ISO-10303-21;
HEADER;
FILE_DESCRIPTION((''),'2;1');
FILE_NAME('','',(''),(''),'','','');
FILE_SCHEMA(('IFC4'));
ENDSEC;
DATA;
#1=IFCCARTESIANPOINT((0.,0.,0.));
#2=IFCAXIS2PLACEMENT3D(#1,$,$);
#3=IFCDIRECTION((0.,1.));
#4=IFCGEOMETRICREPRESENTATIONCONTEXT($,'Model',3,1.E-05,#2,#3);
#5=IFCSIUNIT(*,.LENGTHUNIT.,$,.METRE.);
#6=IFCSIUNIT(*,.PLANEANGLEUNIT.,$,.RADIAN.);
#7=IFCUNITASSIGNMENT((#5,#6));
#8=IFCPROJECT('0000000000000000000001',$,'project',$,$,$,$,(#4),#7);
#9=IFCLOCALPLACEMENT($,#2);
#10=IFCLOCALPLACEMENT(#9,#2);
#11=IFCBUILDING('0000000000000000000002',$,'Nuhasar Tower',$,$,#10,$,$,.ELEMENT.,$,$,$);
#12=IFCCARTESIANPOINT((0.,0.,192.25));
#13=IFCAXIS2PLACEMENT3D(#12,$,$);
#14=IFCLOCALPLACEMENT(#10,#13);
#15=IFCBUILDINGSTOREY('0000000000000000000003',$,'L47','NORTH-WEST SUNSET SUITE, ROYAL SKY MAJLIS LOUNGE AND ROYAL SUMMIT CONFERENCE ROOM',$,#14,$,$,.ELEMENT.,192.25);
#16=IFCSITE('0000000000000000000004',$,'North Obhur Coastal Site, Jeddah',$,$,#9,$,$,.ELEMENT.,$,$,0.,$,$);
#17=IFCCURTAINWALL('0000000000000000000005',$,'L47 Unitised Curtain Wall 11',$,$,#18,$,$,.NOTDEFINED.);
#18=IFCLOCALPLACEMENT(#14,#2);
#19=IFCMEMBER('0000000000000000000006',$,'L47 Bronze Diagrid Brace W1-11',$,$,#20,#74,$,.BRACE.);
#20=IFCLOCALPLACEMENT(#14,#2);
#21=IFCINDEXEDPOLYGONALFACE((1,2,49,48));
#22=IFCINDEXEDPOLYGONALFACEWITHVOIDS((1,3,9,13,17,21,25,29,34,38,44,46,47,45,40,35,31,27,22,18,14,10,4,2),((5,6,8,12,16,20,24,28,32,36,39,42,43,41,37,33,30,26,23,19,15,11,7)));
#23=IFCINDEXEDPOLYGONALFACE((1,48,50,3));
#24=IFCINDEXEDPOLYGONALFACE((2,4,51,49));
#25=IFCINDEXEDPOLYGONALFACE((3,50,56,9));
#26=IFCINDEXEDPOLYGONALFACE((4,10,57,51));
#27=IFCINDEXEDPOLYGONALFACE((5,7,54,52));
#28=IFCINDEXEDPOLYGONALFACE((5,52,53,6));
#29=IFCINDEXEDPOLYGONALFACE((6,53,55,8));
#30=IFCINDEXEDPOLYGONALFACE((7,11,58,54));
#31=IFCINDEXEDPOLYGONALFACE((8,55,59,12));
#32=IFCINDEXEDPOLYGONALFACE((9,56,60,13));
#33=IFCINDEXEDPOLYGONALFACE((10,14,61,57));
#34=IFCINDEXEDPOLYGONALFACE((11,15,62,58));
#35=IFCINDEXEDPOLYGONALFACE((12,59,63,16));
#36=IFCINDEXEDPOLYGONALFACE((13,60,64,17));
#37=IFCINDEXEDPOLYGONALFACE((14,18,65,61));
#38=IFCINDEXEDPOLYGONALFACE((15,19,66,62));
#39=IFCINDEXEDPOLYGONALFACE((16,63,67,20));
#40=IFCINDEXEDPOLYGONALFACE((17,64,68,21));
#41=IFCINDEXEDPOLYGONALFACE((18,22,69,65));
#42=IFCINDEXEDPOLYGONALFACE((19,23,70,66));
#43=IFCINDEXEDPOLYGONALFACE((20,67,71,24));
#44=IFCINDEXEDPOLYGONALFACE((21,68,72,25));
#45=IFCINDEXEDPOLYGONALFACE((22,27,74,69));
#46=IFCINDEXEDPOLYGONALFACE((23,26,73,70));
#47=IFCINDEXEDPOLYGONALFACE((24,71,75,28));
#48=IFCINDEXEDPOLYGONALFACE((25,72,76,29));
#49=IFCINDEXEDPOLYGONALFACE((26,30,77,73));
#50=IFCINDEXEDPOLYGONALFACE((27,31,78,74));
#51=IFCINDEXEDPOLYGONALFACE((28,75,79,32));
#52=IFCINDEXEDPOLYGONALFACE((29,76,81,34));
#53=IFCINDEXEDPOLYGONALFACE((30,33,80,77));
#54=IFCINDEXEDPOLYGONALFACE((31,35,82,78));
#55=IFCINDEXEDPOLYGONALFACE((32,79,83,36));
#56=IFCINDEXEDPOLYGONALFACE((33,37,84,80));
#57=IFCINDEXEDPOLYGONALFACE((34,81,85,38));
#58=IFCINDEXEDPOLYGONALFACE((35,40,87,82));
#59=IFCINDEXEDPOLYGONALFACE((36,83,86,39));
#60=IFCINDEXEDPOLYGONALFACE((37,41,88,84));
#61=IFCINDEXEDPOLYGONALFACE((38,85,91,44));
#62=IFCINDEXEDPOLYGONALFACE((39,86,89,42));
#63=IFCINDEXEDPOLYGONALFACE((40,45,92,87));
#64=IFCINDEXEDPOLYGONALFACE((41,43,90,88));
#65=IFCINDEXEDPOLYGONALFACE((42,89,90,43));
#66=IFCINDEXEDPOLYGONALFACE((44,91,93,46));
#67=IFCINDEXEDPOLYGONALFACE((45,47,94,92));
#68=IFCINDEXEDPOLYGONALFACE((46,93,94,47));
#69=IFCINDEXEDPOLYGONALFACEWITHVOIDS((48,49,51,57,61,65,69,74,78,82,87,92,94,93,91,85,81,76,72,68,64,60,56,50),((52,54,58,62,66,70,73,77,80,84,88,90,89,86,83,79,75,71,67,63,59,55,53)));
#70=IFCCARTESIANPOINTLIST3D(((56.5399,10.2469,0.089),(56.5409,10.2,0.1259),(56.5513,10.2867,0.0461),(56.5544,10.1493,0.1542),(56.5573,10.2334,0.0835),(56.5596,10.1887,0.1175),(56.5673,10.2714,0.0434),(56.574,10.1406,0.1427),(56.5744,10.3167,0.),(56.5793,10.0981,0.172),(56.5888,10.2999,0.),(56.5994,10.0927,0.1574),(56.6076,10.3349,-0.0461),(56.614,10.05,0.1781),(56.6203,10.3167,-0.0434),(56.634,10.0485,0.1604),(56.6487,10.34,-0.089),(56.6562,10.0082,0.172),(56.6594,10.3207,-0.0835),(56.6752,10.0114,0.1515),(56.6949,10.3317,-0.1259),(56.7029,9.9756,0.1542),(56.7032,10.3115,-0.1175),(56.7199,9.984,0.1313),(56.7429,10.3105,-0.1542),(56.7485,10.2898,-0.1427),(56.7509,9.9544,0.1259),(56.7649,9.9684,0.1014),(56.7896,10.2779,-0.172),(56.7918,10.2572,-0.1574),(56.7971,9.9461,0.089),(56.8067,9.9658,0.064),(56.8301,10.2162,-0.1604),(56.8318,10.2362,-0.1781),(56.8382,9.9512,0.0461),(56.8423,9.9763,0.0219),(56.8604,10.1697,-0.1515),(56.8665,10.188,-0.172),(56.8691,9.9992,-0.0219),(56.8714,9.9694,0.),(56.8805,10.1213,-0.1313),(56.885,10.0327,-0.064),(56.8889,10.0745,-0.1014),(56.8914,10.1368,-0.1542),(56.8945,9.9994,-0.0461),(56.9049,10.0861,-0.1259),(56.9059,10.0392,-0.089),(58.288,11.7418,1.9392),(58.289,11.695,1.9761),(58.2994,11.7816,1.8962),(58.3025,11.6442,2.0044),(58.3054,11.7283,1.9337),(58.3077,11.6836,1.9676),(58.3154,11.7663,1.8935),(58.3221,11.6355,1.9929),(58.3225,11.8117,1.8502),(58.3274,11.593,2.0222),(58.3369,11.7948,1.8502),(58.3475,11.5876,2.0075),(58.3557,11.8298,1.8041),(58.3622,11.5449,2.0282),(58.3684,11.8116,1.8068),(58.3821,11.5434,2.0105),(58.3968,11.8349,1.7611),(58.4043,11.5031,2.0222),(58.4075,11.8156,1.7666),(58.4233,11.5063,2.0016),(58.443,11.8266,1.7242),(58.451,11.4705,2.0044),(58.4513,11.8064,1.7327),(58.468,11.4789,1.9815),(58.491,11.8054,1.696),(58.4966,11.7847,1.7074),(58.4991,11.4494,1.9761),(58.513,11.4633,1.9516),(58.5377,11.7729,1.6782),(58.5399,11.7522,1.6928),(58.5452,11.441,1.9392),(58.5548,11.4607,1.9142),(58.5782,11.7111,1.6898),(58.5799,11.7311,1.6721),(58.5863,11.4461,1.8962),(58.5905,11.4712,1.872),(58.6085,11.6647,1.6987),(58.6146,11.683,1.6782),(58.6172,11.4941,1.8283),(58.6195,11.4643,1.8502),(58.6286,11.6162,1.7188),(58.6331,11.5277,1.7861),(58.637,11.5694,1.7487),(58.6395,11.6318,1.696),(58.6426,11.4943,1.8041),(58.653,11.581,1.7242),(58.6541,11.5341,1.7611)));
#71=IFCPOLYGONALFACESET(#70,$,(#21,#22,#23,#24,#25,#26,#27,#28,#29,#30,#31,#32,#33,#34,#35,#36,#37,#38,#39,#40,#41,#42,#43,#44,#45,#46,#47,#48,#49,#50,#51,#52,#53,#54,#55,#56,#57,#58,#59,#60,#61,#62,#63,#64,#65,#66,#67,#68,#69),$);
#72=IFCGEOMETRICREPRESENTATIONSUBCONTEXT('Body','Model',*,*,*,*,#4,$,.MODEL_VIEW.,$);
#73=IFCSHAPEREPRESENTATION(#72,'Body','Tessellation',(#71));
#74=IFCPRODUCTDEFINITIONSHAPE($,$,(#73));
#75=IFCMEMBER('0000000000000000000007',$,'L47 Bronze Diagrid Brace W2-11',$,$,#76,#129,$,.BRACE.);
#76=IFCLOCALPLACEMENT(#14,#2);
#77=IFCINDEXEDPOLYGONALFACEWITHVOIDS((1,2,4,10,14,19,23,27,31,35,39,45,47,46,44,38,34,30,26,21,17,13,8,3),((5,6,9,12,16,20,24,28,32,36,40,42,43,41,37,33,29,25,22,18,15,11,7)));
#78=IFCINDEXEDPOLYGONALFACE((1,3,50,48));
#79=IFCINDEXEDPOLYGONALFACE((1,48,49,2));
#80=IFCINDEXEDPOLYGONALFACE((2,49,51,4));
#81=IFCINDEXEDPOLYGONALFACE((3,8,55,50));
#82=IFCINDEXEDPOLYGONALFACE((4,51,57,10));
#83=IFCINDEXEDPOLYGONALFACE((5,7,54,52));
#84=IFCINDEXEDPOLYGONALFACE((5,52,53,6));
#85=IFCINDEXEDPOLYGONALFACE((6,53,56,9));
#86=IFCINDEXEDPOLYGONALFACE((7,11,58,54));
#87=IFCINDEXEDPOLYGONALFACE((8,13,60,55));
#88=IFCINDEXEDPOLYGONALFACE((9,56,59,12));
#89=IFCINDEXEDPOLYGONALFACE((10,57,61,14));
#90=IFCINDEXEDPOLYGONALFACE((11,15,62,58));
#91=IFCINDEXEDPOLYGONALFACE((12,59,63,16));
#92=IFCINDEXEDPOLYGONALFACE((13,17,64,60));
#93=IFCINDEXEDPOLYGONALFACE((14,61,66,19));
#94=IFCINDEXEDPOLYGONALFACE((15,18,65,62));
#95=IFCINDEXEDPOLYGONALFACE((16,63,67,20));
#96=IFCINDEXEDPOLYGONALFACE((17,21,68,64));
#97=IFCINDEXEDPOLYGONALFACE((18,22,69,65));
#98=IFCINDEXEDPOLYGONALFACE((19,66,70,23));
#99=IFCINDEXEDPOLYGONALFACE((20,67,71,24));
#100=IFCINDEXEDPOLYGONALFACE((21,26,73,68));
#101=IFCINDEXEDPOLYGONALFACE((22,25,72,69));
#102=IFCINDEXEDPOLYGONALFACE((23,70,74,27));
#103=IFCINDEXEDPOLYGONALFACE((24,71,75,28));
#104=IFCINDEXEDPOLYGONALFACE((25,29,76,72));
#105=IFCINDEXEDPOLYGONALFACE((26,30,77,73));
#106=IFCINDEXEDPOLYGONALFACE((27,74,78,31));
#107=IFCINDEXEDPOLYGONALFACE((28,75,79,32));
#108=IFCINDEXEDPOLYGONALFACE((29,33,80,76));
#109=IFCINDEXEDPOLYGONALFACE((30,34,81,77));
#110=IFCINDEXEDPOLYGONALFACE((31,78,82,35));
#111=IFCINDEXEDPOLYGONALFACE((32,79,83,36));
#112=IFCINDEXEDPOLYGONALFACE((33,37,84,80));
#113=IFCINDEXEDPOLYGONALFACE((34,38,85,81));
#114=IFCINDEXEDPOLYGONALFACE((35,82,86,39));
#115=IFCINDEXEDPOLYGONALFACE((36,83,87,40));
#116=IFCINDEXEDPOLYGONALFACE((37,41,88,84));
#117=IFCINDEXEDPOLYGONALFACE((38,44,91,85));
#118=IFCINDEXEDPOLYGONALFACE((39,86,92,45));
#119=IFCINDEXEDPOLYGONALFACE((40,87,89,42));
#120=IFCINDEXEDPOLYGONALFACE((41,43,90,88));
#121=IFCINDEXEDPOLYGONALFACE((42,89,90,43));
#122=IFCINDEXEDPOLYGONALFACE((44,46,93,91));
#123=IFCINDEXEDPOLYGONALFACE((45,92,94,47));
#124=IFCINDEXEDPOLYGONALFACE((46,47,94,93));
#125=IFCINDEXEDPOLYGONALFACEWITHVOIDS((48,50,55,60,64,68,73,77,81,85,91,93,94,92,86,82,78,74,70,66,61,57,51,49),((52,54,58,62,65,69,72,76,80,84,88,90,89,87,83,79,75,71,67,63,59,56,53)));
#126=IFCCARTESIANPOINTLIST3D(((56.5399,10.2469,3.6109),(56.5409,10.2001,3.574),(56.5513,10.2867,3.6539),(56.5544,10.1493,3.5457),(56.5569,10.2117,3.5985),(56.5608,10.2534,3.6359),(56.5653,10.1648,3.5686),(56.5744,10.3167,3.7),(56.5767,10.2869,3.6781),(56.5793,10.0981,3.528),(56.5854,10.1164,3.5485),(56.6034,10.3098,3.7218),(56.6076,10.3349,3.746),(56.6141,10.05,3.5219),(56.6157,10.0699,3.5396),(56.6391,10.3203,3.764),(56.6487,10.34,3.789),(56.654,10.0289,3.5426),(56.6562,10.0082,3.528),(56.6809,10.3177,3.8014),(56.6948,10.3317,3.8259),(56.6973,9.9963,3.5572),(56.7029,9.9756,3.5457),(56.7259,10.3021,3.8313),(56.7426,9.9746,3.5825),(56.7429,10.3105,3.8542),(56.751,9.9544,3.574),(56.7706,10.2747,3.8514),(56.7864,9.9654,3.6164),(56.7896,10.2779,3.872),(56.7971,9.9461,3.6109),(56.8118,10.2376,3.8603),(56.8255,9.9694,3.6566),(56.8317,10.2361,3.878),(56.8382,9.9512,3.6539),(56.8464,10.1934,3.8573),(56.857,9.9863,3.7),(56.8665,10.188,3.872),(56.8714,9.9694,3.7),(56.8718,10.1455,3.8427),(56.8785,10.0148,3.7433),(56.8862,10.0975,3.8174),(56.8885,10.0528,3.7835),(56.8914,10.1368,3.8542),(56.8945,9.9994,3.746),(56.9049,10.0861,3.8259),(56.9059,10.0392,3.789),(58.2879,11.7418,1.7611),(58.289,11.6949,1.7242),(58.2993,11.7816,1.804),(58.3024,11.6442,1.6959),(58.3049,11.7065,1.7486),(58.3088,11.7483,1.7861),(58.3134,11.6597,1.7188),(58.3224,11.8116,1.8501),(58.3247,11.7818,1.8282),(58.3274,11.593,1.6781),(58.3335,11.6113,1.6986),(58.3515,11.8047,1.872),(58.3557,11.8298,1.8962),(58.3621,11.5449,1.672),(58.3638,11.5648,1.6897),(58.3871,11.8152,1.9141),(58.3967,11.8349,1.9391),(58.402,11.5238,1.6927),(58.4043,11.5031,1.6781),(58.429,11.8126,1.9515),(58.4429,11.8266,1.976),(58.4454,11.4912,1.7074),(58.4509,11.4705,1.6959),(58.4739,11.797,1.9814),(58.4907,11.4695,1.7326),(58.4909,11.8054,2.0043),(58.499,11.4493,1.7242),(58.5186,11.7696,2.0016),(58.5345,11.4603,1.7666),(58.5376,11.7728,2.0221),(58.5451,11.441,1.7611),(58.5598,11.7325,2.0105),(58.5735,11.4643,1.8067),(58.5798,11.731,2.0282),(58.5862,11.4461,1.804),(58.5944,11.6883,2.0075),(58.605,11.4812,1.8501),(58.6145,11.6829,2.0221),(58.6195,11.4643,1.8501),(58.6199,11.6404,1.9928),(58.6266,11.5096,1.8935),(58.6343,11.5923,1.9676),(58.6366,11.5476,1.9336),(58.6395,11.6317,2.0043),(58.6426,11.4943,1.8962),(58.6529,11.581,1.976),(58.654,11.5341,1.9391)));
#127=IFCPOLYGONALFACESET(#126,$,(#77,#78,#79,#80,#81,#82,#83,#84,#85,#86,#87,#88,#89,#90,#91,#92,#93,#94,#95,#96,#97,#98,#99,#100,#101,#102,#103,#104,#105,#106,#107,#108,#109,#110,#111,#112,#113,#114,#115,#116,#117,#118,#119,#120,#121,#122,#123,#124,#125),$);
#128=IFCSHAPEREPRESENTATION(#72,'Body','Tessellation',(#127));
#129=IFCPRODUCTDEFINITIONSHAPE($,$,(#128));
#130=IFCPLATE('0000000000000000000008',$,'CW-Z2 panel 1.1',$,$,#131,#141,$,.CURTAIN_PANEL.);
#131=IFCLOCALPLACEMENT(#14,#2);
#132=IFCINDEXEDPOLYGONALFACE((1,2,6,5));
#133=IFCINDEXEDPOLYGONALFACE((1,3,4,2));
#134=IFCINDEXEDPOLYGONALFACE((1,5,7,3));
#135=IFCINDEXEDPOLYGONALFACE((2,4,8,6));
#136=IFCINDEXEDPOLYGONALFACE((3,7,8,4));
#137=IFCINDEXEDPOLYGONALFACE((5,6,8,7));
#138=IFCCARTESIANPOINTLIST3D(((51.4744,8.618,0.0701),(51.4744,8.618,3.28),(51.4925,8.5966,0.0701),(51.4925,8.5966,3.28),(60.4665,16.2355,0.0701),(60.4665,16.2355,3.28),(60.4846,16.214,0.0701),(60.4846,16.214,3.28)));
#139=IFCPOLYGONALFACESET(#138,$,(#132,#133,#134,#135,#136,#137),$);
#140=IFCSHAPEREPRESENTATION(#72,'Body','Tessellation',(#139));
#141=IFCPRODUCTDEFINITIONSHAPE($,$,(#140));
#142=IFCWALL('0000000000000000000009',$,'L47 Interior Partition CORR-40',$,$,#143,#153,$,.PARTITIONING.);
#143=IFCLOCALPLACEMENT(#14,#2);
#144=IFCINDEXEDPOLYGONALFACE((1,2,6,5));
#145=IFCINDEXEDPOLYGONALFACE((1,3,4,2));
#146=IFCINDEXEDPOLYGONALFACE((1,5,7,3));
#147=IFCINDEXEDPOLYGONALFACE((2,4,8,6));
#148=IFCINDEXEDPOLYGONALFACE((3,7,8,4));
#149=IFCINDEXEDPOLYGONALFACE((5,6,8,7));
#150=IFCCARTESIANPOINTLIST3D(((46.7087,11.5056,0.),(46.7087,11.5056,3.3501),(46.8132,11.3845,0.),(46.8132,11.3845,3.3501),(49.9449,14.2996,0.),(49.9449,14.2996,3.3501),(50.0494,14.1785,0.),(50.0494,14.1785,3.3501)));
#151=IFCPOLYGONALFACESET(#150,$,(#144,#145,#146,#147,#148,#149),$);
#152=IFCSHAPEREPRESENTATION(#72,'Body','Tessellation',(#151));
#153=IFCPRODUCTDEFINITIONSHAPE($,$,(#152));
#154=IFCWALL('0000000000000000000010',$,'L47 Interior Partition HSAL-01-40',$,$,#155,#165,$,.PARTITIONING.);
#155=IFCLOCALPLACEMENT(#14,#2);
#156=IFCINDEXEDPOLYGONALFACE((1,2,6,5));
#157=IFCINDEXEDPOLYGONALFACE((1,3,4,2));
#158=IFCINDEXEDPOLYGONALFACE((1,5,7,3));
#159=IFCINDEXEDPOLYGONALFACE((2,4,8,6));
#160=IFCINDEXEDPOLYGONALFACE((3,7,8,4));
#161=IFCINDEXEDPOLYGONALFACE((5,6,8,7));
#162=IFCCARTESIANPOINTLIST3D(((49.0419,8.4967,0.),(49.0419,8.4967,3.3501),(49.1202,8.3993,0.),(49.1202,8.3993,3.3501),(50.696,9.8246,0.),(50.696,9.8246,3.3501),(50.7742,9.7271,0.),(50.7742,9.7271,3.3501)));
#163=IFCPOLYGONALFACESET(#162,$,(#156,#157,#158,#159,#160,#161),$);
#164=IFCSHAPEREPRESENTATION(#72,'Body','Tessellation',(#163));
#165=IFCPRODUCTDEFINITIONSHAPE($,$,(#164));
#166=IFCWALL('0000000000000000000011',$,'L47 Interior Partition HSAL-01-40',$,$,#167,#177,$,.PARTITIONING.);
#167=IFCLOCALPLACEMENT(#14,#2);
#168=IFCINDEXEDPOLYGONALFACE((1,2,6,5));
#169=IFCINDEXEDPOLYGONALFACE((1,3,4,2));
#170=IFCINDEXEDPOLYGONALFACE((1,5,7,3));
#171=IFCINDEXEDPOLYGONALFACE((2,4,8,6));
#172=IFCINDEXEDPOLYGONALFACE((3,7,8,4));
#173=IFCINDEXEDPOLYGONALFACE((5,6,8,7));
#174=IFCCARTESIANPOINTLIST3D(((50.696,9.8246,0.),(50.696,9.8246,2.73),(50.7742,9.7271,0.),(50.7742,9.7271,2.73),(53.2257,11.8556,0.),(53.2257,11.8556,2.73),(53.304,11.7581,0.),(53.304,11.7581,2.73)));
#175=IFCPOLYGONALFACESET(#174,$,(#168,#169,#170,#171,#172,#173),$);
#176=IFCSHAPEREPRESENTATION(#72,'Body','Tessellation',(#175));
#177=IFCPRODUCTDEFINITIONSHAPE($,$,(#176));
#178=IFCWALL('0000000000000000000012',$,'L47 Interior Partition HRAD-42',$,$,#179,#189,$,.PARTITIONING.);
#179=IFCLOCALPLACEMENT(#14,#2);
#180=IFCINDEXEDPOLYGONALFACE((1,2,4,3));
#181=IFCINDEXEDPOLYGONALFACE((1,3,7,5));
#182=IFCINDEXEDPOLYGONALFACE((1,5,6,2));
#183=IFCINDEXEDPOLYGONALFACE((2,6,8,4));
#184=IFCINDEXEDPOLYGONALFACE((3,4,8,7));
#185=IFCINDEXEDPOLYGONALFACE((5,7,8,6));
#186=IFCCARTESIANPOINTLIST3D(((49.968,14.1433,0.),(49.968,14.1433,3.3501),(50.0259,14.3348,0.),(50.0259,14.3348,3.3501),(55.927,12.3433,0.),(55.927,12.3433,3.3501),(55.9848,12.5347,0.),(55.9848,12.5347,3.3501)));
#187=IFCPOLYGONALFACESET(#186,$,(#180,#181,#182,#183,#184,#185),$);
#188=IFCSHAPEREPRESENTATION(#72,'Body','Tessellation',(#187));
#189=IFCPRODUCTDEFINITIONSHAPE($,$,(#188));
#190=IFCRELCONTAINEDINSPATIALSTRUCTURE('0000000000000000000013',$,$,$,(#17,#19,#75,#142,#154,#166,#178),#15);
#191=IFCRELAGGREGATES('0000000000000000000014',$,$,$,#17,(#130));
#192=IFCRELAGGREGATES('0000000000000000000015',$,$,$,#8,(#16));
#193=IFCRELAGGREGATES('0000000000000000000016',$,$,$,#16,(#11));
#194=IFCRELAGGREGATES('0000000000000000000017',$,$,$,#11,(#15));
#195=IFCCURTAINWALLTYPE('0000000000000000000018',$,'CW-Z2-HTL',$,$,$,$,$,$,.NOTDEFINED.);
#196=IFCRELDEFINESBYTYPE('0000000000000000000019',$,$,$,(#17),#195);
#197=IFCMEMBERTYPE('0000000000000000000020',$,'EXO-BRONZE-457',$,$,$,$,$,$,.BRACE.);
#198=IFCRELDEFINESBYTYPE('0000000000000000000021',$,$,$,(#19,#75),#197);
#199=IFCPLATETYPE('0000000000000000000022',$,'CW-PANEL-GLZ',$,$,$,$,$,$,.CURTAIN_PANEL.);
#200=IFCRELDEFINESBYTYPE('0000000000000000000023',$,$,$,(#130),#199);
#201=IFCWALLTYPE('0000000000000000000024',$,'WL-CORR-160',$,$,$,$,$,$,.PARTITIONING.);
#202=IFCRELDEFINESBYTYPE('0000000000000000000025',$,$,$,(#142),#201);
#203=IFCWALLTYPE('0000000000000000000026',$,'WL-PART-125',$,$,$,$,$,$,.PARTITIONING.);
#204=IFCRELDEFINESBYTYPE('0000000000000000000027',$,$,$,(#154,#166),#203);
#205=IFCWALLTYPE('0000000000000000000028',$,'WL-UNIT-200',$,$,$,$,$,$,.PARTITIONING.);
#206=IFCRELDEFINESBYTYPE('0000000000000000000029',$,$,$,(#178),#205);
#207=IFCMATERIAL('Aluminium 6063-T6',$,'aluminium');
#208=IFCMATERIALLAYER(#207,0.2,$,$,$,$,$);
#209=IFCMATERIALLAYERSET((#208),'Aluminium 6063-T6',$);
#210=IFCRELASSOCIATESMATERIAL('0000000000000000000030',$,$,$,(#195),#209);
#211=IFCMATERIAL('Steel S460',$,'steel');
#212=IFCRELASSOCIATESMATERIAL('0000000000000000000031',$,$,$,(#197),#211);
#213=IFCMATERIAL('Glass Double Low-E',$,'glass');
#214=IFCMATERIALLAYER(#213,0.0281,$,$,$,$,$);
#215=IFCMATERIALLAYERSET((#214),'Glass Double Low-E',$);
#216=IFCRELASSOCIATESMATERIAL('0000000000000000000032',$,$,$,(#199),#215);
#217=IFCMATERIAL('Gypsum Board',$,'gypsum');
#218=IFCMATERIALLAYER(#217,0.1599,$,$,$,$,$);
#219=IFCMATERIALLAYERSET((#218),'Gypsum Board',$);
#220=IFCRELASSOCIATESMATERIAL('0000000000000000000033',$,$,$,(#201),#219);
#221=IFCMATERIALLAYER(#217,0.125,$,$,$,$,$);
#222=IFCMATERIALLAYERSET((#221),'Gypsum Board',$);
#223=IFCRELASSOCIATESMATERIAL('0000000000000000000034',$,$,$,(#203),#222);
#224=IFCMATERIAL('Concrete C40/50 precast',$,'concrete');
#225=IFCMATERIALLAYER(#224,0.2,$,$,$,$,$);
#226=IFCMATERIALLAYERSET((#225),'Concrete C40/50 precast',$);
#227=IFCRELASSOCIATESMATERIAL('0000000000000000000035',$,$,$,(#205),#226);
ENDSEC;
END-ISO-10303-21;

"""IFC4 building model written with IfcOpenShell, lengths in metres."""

from ifc_helpers import new_model, si_unit, direction, frame, frame_2d, origin, origin_2d, place, context, subcontext, project, spatial, rectangle, hollow_circle, extrude, material, layer, layer_set, material_profile, profile_set, type_object, element, aggregate, save


model = new_model("IFC4")

# Units and contexts
model_context = context("Model", 3, precision=1e-05, world=origin(), true_north=direction((0.0, 1.0)))
body_context = subcontext(model_context, "Body", "Model", "MODEL_VIEW")
ifc_project = project(units=[si_unit("LENGTHUNIT", "METRE"), si_unit("PLANEANGLEUNIT", "RADIAN")], contexts=[model_context])

# Site, building, storey
site_placement = place(None, origin())
site = spatial("IfcSite", under=ifc_project, at=site_placement, Name="North Obhur Coastal Site, Jeddah", CompositionType="ELEMENT", RefElevation=0.0)
building_placement = place(site_placement, origin())
building = spatial("IfcBuilding", under=site, at=building_placement, Name="Nuhasar Tower", CompositionType="ELEMENT")
storey_placement = place(building_placement, frame((0.0, 0.0, 192.25)))
storey = spatial("IfcBuildingStorey", under=building, at=storey_placement, Name="L47", Description="NORTH-WEST SUNSET SUITE, ROYAL SKY MAJLIS LOUNGE AND ROYAL SUMMIT CONFERENCE ROOM", CompositionType="ELEMENT", Elevation=192.25)

# Shared definitions
ifc_material_1 = material(Name="Aluminium 6063-T6", Category="aluminium")
ifc_layer_1 = layer(ifc_material_1, 0.2)
ifc_layer_set_1 = layer_set([ifc_layer_1], Name="Aluminium 6063-T6")
curtain_wall_type = type_object("IfcCurtainWallType", Name="CW-Z2-HTL", PredefinedType="NOTDEFINED", material=ifc_layer_set_1)

# Curtain wall
curtain_wall_1_placement = place(storey_placement, origin())
curtain_wall_1 = element("IfcCurtainWall", 1, at=curtain_wall_1_placement, inside=storey, type_object=curtain_wall_type, Name="L47 Unitised Curtain Wall 11", PredefinedType="NOTDEFINED")

# Members
ifc_material_2 = material(Name="Steel S460", Category="steel")
ifc_material_profile_1 = material_profile(ifc_material_2, hollow_circle(Radius=0.2285, WallThickness=0.0222, at=origin_2d()), Name="HSS457X22.2")
ifc_profile_set_1 = profile_set([ifc_material_profile_1], Name="Steel S460")
member_type_1 = type_object("IfcMemberType", Name="EXO-BRONZE-457", PredefinedType="BRACE", material=ifc_profile_set_1)
member_1_placement = place(storey_placement, frame((56.7229, 10.1431, 0.0), z_axis=(0.592195, 0.506426, 0.626767), x_axis=(-0.649926, 0.759998, 0.0)))
element("IfcMember", 2, at=member_1_placement, inside=storey, type_object=member_type_1, Name="L47 Bronze Diagrid Brace W1-11", PredefinedType="BRACE", context=body_context, shape_type="SweptSolid", body=[
    extrude(hollow_circle(Radius=0.2285, WallThickness=0.0222, at=origin_2d()), origin(), (0.0, 0.0, 1.0), 2.9519),
])
member_2_placement = place(storey_placement, frame((58.4709, 11.6379, 1.8501), z_axis=(-0.592226, -0.506452, 0.626717), x_axis=(0.649926, -0.759998, 0.0)))
element("IfcMember", 3, at=member_2_placement, inside=storey, type_object=member_type_1, Name="L47 Bronze Diagrid Brace W2-11", PredefinedType="BRACE", context=body_context, shape_type="SweptSolid", body=[
    extrude(hollow_circle(Radius=0.2285, WallThickness=0.0222, at=origin_2d()), origin(), (0.0, 0.0, 1.0), 2.9517),
])

# Plate
ifc_material_3 = material(Name="Glass Double Low-E", Category="glass")
ifc_layer_2 = layer(ifc_material_3, 0.0281)
ifc_layer_set_2 = layer_set([ifc_layer_2], Name="Glass Double Low-E")
plate_type = type_object("IfcPlateType", Name="CW-PANEL-GLZ", PredefinedType="CURTAIN_PANEL", material=ifc_layer_set_2)
plate_placement = place(storey_placement, frame((55.9795, 12.416, 0.0701), z_axis=(0.0, 0.0, 1.0), x_axis=(0.76302, 0.646374, 0.0)))
plate = element("IfcPlate", 4, at=plate_placement, type_object=plate_type, Name="CW-Z2 panel 1.1", PredefinedType="CURTAIN_PANEL", context=body_context, shape_type="SweptSolid", body=[
    extrude(rectangle(XDim=11.7849, YDim=0.0281, at=origin_2d()), origin(), (0.0, 0.0, 1.0), 3.21),
])
aggregate(curtain_wall_1, [plate])

# Walls
ifc_material_4 = material(Name="Gypsum Board", Category="gypsum")
ifc_layer_3 = layer(ifc_material_4, 0.1599)
ifc_layer_set_3 = layer_set([ifc_layer_3], Name="Gypsum Board")
wall_type_1 = type_object("IfcWallType", Name="WL-CORR-160", PredefinedType="PARTITIONING", material=ifc_layer_set_3)
wall_1_placement = place(storey_placement, frame((46.761, 11.4451, 0.0), z_axis=(0.0, 0.0, 1.0), x_axis=(0.756922, 0.653505, 0.0)))
element("IfcWall", 5, at=wall_1_placement, inside=storey, type_object=wall_type_1, Name="L47 Interior Partition CORR-40", PredefinedType="PARTITIONING", context=body_context, shape_type="SweptSolid", body=[
    extrude(rectangle(XDim=4.2754, YDim=0.1599, at=frame_2d((2.1377, 0.0))), origin(), (0.0, 0.0, 1.0), 3.3501),
])
ifc_layer_4 = layer(ifc_material_4, 0.125)
ifc_layer_set_4 = layer_set([ifc_layer_4], Name="Gypsum Board")
wall_type_2 = type_object("IfcWallType", Name="WL-PART-125", PredefinedType="PARTITIONING", material=ifc_layer_set_4)
wall_2_placement = place(storey_placement, frame((49.0811, 8.448, 0.0), z_axis=(0.0, 0.0, 1.0), x_axis=(0.779801, 0.626028, 0.0)))
element("IfcWall", 6, at=wall_2_placement, inside=storey, type_object=wall_type_2, Name="L47 Interior Partition HSAL-01-40", PredefinedType="PARTITIONING", context=body_context, shape_type="SweptSolid", body=[
    extrude(rectangle(XDim=2.1211, YDim=0.125, at=frame_2d((1.0605, 0.0))), origin(), (0.0, 0.0, 1.0), 3.3501),
])
wall_3_placement = place(storey_placement, frame((50.7351, 9.7759, 0.0), z_axis=(0.0, 0.0, 1.0), x_axis=(0.779788, 0.626043, 0.0)))
element("IfcWall", 7, at=wall_3_placement, inside=storey, type_object=wall_type_2, Name="L47 Interior Partition HSAL-01-40", PredefinedType="PARTITIONING", context=body_context, shape_type="SweptSolid", body=[
    extrude(rectangle(XDim=3.2441, YDim=0.125, at=frame_2d((1.6221, 0.0))), origin(), (0.0, 0.0, 1.0), 2.73),
])
ifc_material_5 = material(Name="Concrete C40/50 precast", Category="concrete")
ifc_layer_5 = layer(ifc_material_5, 0.2)
ifc_layer_set_5 = layer_set([ifc_layer_5], Name="Concrete C40/50 precast")
wall_type_3 = type_object("IfcWallType", Name="WL-UNIT-200", PredefinedType="PARTITIONING", material=ifc_layer_set_5)
wall_4_placement = place(storey_placement, frame((49.9971, 14.239, 0.0), z_axis=(0.0, 0.0, 1.0), x_axis=(0.957278, -0.289168, 0.0)))
element("IfcWall", 8, at=wall_4_placement, inside=storey, type_object=wall_type_3, Name="L47 Interior Partition HRAD-42", PredefinedType="PARTITIONING", context=body_context, shape_type="SweptSolid", body=[
    extrude(rectangle(XDim=6.2249, YDim=0.2, at=frame_2d((3.1123, 0.0))), origin(), (0.0, 0.0, 1.0), 3.3501),
])

save(model, "model.ifc")
